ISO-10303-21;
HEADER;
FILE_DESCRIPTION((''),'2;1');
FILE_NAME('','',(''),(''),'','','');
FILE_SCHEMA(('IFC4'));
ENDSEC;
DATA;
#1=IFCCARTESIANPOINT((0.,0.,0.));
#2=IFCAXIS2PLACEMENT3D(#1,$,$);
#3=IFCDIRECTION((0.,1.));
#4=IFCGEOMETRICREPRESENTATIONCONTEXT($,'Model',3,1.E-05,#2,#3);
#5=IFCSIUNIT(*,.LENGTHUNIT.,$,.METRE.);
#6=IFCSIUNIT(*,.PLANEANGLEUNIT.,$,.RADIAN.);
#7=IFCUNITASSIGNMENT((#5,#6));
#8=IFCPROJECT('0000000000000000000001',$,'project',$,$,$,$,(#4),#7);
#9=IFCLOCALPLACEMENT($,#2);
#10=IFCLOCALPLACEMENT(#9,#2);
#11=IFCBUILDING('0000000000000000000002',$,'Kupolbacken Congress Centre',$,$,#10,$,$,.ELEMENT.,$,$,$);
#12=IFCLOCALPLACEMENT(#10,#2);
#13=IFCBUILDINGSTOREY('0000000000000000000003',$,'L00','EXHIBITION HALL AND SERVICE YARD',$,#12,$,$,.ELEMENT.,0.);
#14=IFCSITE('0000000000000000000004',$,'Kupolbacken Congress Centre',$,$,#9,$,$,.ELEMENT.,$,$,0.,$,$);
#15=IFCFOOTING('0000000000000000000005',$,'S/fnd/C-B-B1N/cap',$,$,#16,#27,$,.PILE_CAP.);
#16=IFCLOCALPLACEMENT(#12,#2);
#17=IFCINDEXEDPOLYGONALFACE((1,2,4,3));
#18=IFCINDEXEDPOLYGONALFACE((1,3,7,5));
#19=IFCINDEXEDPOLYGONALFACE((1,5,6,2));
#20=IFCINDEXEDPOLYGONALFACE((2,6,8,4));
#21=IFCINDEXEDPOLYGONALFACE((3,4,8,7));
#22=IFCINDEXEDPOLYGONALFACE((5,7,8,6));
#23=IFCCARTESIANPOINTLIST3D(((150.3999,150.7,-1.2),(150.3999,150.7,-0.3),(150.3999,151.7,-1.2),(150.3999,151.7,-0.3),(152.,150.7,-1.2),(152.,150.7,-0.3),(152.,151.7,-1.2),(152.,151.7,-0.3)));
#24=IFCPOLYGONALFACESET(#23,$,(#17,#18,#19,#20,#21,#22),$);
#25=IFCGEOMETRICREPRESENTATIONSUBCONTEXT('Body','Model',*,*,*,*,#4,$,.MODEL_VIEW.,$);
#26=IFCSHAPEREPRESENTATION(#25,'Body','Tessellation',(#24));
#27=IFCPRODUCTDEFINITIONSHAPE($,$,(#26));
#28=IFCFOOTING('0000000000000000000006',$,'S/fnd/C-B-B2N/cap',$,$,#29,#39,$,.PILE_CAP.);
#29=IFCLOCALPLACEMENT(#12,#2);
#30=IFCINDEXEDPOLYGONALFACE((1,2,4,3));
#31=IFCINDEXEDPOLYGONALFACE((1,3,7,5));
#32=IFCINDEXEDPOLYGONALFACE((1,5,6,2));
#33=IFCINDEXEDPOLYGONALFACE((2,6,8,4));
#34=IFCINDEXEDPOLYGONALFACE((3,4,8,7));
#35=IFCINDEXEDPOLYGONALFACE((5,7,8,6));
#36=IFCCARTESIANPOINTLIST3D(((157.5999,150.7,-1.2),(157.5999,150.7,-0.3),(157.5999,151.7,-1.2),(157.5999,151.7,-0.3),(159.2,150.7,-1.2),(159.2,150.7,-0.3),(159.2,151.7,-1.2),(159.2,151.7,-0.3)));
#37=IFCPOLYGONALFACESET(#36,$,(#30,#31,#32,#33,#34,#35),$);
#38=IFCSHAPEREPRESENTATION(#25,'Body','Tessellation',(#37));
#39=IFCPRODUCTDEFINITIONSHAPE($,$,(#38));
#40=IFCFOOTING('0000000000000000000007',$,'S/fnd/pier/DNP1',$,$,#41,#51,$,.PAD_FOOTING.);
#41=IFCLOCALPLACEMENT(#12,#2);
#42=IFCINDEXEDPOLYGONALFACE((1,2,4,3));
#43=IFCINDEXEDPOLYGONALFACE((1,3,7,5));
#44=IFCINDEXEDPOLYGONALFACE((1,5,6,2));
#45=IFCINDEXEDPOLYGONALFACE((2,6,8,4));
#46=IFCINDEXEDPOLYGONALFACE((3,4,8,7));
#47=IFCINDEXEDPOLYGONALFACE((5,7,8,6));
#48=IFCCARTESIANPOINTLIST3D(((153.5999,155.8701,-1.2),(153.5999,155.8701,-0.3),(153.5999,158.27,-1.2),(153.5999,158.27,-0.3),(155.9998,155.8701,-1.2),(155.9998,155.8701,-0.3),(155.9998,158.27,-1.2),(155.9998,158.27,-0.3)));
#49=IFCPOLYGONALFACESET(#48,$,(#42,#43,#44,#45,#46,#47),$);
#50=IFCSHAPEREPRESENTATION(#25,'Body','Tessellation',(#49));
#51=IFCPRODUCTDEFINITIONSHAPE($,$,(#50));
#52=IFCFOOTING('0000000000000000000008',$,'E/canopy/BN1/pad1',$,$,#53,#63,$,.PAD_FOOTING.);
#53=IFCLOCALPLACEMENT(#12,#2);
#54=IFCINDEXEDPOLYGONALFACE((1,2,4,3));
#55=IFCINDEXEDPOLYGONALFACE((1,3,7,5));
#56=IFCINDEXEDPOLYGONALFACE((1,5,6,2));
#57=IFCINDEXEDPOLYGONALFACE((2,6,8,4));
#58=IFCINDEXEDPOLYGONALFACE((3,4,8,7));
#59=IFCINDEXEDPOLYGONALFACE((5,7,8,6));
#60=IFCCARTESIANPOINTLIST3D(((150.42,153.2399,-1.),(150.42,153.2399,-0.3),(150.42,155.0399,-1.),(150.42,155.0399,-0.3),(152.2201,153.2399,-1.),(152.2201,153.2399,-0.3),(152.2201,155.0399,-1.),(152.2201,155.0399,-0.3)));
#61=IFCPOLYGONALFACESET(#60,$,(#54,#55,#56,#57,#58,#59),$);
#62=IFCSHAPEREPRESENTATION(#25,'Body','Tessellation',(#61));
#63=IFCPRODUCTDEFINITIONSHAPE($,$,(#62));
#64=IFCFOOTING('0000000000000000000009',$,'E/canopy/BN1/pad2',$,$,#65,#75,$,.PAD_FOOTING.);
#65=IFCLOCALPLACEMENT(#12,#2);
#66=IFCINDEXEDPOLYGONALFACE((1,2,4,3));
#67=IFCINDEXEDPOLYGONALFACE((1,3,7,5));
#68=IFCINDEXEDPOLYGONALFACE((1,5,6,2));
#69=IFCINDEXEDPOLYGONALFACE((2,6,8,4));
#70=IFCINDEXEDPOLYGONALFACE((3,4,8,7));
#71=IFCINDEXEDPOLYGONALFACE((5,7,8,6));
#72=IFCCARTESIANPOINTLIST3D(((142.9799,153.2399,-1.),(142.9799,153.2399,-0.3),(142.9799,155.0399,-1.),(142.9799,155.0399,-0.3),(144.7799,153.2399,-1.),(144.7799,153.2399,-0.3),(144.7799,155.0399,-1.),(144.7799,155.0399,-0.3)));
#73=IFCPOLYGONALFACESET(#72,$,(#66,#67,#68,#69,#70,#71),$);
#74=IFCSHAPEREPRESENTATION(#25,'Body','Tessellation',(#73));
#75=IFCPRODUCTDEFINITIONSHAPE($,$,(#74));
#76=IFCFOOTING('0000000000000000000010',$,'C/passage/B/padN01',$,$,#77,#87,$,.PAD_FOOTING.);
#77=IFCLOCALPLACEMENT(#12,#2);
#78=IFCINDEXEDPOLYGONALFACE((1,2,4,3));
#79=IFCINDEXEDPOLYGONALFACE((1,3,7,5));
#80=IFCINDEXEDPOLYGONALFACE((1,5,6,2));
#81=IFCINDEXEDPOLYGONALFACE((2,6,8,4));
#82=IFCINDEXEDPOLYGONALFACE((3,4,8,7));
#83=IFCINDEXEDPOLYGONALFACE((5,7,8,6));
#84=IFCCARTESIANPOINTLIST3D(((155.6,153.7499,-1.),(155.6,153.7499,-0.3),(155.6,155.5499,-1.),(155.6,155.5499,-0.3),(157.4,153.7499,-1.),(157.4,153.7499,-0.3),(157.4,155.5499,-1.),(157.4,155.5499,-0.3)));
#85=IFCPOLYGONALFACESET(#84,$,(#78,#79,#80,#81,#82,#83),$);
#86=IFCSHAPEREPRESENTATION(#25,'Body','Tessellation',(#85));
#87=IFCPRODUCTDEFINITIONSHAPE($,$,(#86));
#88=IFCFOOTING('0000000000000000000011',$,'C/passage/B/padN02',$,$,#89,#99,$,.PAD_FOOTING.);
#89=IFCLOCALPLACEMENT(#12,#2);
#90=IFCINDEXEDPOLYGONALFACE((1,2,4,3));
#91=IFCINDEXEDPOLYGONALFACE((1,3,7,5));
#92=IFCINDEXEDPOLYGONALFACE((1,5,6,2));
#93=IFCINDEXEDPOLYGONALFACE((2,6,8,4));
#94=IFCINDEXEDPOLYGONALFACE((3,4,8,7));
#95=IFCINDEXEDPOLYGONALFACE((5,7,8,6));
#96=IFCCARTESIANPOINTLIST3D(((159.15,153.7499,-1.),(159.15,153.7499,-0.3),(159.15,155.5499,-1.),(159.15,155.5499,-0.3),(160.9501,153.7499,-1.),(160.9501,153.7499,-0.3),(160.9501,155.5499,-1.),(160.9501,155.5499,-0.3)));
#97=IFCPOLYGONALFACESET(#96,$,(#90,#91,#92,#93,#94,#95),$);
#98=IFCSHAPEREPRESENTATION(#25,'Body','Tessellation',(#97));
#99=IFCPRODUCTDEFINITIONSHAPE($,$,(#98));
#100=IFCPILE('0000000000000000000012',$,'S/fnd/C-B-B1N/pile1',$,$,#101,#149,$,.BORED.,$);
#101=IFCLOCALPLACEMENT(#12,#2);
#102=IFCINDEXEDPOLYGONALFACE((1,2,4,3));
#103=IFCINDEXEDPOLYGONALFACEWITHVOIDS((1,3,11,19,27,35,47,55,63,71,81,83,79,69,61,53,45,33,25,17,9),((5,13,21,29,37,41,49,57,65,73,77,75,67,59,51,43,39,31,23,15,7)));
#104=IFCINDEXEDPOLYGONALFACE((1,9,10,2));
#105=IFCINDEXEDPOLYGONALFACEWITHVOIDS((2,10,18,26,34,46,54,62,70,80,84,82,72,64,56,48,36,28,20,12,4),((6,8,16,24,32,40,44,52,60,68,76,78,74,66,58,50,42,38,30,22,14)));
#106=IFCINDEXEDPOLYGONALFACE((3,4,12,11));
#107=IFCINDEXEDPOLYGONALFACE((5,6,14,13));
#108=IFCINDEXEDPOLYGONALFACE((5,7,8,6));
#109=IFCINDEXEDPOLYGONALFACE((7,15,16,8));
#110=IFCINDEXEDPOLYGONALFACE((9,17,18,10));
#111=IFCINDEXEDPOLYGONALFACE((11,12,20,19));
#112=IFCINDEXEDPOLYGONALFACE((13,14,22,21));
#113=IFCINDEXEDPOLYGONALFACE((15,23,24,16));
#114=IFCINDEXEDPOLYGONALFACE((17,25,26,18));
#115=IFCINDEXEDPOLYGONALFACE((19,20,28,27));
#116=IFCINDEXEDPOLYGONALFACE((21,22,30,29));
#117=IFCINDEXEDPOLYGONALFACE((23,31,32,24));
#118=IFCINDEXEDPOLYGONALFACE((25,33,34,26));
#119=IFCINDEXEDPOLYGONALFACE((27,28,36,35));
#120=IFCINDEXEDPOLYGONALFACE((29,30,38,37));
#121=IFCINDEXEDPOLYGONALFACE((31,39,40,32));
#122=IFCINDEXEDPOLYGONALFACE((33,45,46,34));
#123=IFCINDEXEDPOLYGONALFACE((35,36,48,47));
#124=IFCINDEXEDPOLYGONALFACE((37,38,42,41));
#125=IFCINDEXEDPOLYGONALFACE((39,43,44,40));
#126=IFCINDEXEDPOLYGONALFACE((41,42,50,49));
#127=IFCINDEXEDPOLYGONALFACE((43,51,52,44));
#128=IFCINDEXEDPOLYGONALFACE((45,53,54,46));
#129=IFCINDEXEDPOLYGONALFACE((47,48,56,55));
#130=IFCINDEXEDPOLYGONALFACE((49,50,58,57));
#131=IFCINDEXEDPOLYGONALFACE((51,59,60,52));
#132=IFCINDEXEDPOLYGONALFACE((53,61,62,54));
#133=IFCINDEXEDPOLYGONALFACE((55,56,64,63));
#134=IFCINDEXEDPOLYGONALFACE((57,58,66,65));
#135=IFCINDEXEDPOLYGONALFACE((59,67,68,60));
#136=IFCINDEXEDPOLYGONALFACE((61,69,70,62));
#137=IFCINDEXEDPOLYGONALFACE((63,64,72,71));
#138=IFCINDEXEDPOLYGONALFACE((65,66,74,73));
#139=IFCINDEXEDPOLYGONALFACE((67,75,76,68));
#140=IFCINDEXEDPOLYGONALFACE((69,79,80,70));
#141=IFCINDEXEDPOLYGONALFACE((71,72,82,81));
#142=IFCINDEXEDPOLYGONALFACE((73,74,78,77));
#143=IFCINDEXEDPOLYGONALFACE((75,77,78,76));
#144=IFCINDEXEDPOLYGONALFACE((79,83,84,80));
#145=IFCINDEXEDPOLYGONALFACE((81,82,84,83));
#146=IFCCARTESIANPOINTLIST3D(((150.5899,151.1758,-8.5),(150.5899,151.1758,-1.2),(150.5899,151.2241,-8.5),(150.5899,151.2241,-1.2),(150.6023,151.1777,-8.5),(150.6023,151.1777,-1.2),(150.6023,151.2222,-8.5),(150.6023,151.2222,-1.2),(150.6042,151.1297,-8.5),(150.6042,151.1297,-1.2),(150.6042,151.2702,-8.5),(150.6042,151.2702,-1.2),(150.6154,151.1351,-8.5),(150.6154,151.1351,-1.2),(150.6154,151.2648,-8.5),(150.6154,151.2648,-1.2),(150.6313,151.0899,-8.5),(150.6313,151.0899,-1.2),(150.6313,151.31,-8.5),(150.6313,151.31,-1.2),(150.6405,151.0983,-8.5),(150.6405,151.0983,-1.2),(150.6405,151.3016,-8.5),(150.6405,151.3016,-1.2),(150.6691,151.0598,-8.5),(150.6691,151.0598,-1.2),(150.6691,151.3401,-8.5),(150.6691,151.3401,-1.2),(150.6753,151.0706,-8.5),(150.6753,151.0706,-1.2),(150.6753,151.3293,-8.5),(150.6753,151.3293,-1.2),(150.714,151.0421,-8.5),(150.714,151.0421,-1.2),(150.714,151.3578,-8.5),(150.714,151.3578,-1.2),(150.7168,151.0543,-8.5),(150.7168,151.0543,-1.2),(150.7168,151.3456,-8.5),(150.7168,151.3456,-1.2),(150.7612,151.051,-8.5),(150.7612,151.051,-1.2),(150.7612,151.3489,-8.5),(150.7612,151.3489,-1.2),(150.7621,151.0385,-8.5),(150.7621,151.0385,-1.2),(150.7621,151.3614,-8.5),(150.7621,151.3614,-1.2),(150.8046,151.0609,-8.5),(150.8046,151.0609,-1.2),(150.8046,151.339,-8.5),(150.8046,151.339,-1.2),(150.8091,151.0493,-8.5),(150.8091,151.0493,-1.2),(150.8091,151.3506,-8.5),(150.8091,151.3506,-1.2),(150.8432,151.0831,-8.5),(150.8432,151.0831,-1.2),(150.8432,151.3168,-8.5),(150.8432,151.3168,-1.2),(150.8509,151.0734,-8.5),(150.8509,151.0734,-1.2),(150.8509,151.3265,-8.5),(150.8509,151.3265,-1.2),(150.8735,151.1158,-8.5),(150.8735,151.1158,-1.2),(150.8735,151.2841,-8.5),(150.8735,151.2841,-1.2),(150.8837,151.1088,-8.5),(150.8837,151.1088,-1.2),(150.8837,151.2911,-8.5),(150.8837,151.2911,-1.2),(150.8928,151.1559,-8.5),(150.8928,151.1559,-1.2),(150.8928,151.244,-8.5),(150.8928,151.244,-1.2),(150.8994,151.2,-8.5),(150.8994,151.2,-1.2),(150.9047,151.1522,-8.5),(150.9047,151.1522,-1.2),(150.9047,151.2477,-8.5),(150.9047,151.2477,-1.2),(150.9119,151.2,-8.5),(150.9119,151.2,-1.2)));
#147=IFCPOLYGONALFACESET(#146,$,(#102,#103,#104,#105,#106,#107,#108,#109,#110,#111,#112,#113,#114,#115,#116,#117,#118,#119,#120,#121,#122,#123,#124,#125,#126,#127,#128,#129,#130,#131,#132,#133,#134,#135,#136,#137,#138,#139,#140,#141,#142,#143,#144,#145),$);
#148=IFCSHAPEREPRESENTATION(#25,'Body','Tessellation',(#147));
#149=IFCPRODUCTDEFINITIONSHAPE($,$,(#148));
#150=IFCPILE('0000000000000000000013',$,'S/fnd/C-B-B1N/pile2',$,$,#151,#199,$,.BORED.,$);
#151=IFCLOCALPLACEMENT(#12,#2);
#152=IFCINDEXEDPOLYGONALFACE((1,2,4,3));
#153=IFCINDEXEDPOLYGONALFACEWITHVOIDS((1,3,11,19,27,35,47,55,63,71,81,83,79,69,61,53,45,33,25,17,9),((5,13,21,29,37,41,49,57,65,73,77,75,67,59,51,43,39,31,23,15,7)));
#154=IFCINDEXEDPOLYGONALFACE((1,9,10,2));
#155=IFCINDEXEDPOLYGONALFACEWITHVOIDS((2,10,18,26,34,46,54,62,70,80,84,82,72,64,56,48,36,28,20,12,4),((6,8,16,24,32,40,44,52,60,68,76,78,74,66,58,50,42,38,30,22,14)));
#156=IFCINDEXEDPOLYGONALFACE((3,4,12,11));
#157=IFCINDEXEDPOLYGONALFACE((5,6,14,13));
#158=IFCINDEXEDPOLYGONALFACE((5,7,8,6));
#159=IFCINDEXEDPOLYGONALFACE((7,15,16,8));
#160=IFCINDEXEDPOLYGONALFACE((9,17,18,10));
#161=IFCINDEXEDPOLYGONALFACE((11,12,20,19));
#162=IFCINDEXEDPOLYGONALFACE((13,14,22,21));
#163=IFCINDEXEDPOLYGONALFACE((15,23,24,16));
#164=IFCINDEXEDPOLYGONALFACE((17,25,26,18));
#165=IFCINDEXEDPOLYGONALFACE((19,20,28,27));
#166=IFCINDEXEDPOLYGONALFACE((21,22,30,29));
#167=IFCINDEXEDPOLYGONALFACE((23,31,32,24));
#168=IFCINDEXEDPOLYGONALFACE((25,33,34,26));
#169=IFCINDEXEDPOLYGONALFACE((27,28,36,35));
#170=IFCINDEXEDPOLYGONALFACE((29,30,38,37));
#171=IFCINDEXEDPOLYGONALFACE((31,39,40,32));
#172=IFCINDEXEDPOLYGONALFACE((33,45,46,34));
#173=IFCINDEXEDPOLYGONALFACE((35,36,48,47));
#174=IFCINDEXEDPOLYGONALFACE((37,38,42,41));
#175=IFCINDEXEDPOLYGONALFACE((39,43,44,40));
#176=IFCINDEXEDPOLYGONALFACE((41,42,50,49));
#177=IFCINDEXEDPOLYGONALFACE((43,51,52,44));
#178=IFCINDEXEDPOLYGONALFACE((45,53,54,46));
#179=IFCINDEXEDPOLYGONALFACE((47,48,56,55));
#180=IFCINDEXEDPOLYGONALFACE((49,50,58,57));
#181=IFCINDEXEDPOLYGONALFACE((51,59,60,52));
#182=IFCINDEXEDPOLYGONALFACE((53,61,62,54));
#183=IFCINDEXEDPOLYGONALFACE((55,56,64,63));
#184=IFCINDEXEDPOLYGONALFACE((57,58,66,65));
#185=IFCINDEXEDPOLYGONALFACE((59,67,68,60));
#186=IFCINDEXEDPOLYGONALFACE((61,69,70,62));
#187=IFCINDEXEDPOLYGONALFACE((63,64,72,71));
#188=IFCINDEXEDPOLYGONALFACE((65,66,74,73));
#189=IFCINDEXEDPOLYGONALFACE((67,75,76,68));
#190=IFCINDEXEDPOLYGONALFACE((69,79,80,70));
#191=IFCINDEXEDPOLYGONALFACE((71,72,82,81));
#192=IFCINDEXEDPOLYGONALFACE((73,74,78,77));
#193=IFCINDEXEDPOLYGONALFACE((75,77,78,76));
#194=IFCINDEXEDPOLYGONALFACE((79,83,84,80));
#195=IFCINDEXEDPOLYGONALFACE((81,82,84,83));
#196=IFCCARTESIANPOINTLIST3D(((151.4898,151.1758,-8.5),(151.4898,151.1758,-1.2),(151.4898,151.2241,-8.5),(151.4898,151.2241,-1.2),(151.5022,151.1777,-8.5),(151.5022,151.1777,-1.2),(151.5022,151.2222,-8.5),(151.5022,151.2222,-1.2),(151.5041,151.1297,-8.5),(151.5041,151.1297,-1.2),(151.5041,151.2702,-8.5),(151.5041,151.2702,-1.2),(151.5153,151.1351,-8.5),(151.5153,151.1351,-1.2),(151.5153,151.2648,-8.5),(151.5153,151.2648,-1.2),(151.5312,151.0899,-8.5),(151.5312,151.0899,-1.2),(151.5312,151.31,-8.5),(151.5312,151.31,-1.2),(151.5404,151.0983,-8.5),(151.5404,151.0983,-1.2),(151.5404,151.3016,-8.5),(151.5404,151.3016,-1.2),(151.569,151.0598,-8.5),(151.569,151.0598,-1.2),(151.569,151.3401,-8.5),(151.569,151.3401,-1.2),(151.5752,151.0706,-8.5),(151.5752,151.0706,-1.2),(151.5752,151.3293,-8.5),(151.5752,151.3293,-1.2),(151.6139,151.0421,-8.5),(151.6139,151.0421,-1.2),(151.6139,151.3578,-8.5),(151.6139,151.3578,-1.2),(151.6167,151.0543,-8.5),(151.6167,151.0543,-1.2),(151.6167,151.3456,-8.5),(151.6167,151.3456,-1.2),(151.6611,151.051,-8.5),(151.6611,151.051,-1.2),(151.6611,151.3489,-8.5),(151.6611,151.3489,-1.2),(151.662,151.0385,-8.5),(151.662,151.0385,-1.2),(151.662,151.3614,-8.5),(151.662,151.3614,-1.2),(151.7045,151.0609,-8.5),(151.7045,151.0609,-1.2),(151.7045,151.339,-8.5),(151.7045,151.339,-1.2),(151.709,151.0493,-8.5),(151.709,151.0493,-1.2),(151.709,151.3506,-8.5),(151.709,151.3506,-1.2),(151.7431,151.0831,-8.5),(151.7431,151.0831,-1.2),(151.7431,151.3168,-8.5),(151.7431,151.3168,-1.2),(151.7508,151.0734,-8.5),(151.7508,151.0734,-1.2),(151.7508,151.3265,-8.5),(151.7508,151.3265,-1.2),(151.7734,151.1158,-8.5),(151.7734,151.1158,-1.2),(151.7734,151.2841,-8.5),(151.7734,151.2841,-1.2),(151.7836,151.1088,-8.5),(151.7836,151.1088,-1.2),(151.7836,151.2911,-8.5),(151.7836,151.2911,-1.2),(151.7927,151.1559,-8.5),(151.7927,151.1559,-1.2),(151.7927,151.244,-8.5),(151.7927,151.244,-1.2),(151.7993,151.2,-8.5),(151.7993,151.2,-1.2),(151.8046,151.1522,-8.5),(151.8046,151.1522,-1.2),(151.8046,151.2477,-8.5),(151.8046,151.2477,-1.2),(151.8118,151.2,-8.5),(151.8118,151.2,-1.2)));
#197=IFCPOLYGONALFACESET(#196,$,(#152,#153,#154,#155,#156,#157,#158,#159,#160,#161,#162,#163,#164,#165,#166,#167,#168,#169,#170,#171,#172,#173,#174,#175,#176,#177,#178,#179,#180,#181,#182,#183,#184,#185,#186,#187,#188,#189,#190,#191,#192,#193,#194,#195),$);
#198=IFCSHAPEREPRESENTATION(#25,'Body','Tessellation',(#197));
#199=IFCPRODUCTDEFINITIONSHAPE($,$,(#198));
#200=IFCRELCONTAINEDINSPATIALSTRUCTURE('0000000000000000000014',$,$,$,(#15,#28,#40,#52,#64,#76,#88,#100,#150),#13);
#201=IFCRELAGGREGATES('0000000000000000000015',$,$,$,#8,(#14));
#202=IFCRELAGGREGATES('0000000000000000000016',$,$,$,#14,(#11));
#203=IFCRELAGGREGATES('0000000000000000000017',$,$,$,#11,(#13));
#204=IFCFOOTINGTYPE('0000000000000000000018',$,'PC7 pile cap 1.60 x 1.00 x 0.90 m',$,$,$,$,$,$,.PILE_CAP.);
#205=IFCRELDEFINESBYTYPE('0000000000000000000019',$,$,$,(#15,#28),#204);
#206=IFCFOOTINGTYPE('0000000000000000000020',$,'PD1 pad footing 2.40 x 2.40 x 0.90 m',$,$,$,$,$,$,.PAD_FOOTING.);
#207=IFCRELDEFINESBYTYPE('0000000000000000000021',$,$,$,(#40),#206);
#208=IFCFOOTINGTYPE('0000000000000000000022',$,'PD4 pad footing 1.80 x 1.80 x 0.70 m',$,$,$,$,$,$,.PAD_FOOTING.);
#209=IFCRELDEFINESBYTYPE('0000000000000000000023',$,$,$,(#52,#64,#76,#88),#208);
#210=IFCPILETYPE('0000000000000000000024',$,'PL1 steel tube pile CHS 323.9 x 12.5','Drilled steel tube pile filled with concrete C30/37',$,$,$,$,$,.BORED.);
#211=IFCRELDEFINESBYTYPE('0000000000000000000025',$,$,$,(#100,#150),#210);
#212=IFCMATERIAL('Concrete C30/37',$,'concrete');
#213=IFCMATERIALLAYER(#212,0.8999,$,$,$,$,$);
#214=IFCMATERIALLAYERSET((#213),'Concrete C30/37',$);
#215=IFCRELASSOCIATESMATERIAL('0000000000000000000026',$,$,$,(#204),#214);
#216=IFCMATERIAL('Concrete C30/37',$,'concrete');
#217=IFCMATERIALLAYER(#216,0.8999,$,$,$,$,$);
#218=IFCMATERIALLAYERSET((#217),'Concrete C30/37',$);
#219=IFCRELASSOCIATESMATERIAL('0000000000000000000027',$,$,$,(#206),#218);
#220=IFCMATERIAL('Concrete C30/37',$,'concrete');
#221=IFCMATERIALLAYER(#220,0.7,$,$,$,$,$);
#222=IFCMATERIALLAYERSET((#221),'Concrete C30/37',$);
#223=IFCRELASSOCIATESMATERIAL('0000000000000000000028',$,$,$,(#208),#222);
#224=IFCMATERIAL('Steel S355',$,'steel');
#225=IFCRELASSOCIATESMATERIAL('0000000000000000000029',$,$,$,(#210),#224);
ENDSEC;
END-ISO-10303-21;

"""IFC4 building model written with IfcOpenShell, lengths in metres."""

from ifc_helpers import new_model, si_unit, direction, frame, origin, origin_2d, place, context, subcontext, project, spatial, rectangle, hollow_circle, extrude, material, layer, layer_set, material_profile, profile_set, type_object, element, save


model = new_model("IFC4")

# Units and contexts
model_context = context("Model", 3, precision=1e-05, world=origin(), true_north=direction((0.0, 1.0)))
body_context = subcontext(model_context, "Body", "Model", "MODEL_VIEW")
ifc_project = project(units=[si_unit("LENGTHUNIT", "METRE"), si_unit("PLANEANGLEUNIT", "RADIAN")], contexts=[model_context])

# Site, building, storey
site_placement = place(None, origin())
site = spatial("IfcSite", under=ifc_project, at=site_placement, Name="Kupolbacken Congress Centre", CompositionType="ELEMENT", RefElevation=0.0)
building_placement = place(site_placement, origin())
building = spatial("IfcBuilding", under=site, at=building_placement, Name="Kupolbacken Congress Centre", CompositionType="ELEMENT")
storey_placement = place(building_placement, origin())
storey = spatial("IfcBuildingStorey", under=building, at=storey_placement, Name="L00", Description="EXHIBITION HALL AND SERVICE YARD", CompositionType="ELEMENT", Elevation=0.0)

# Footings
ifc_material_1 = material(Name="Concrete C30/37", Category="concrete")
ifc_layer_1 = layer(ifc_material_1, 0.8999)
ifc_layer_set_1 = layer_set([ifc_layer_1], Name="Concrete C30/37")
footing_type_1 = type_object("IfcFootingType", Name="PC7 pile cap 1.60 x 1.00 x 0.90 m", PredefinedType="PILE_CAP", material=ifc_layer_set_1)
for number, where, z_axis, x_axis, name in (
    (1, (151.2, 151.2, -1.2), (0.0, 0.0, 1.0), (1.0, 0.0, 0.0), "S/fnd/C-B-B1N/cap"),
    (2, (158.3999, 151.2, -1.2), (0.0, 0.0, 1.0), (1.0, 0.0, 0.0), "S/fnd/C-B-B2N/cap"),
):
    element("IfcFooting", number, at=place(storey_placement, frame(where, z_axis=z_axis, x_axis=x_axis)), inside=storey, type_object=footing_type_1, Name=name, PredefinedType="PILE_CAP", context=body_context, shape_type="SweptSolid", body=[
        extrude(rectangle(XDim=1.6001, YDim=1.0, at=origin_2d()), origin(), (0.0, 0.0, 1.0), 0.8999),
    ])
ifc_material_2 = material(Name="Concrete C30/37", Category="concrete")
ifc_layer_2 = layer(ifc_material_2, 0.8999)
ifc_layer_set_2 = layer_set([ifc_layer_2], Name="Concrete C30/37")
footing_type_2 = type_object("IfcFootingType", Name="PD1 pad footing 2.40 x 2.40 x 0.90 m", PredefinedType="PAD_FOOTING", material=ifc_layer_set_2)
footing_placement = place(storey_placement, frame((154.7998, 157.0701, -1.2), z_axis=(0.0, 0.0, 1.0), x_axis=(1.0, 0.0, 0.0)))
element("IfcFooting", 3, at=footing_placement, inside=storey, type_object=footing_type_2, Name="S/fnd/pier/DNP1", PredefinedType="PAD_FOOTING", context=body_context, shape_type="SweptSolid", body=[
    extrude(rectangle(XDim=2.3999, YDim=2.3999, at=origin_2d()), origin(), (0.0, 0.0, 1.0), 0.8999),
])
ifc_material_3 = material(Name="Concrete C30/37", Category="concrete")
ifc_layer_3 = layer(ifc_material_3, 0.7)
ifc_layer_set_3 = layer_set([ifc_layer_3], Name="Concrete C30/37")
footing_type_3 = type_object("IfcFootingType", Name="PD4 pad footing 1.80 x 1.80 x 0.70 m", PredefinedType="PAD_FOOTING", material=ifc_layer_set_3)
for number, where, z_axis, x_axis, name in (
    (4, (151.3201, 154.1399, -1.0), (0.0, 0.0, 1.0), (1.0, 0.0, 0.0), "E/canopy/BN1/pad1"),
    (5, (143.8799, 154.1399, -1.0), (0.0, 0.0, 1.0), (1.0, 0.0, 0.0), "E/canopy/BN1/pad2"),
    (6, (156.5, 154.6499, -1.0), (0.0, 0.0, 1.0), (1.0, 0.0, 0.0), "C/passage/B/padN01"),
    (7, (160.05, 154.6499, -1.0), (0.0, 0.0, 1.0), (1.0, 0.0, 0.0), "C/passage/B/padN02"),
):
    element("IfcFooting", number, at=place(storey_placement, frame(where, z_axis=z_axis, x_axis=x_axis)), inside=storey, type_object=footing_type_3, Name=name, PredefinedType="PAD_FOOTING", context=body_context, shape_type="SweptSolid", body=[
        extrude(rectangle(XDim=1.8, YDim=1.8, at=origin_2d()), origin(), (0.0, 0.0, 1.0), 0.7),
    ])

# Piles
ifc_material_4 = material(Name="Steel S355", Category="steel")
ifc_material_profile_1 = material_profile(ifc_material_4, hollow_circle(Radius=0.1619, WallThickness=0.0125, at=origin_2d()), Name="CHS 323.9 x 12.5")
ifc_profile_set_1 = profile_set([ifc_material_profile_1], Name="Steel S355")
pile_type = type_object("IfcPileType", Name="PL1 steel tube pile CHS 323.9 x 12.5", Description="Drilled steel tube pile filled with concrete C30/37", PredefinedType="BORED", material=ifc_profile_set_1)
for number, where, z_axis, x_axis, name in (
    (8, (150.75, 151.2, -1.2), (0.0, 0.0, -1.0), (1.0, 0.0, 0.0), "S/fnd/C-B-B1N/pile1"),
    (9, (151.6499, 151.2, -1.2), (0.0, 0.0, -1.0), (1.0, 0.0, 0.0), "S/fnd/C-B-B1N/pile2"),
):
    element("IfcPile", number, at=place(storey_placement, frame(where, z_axis=z_axis, x_axis=x_axis)), inside=storey, type_object=pile_type, Name=name, PredefinedType="BORED", context=body_context, shape_type="SweptSolid", body=[
        extrude(hollow_circle(Radius=0.1619, WallThickness=0.0125, at=origin_2d()), origin(), (0.0, 0.0, 1.0), 7.3),
    ])

save(model, "model.ifc")
